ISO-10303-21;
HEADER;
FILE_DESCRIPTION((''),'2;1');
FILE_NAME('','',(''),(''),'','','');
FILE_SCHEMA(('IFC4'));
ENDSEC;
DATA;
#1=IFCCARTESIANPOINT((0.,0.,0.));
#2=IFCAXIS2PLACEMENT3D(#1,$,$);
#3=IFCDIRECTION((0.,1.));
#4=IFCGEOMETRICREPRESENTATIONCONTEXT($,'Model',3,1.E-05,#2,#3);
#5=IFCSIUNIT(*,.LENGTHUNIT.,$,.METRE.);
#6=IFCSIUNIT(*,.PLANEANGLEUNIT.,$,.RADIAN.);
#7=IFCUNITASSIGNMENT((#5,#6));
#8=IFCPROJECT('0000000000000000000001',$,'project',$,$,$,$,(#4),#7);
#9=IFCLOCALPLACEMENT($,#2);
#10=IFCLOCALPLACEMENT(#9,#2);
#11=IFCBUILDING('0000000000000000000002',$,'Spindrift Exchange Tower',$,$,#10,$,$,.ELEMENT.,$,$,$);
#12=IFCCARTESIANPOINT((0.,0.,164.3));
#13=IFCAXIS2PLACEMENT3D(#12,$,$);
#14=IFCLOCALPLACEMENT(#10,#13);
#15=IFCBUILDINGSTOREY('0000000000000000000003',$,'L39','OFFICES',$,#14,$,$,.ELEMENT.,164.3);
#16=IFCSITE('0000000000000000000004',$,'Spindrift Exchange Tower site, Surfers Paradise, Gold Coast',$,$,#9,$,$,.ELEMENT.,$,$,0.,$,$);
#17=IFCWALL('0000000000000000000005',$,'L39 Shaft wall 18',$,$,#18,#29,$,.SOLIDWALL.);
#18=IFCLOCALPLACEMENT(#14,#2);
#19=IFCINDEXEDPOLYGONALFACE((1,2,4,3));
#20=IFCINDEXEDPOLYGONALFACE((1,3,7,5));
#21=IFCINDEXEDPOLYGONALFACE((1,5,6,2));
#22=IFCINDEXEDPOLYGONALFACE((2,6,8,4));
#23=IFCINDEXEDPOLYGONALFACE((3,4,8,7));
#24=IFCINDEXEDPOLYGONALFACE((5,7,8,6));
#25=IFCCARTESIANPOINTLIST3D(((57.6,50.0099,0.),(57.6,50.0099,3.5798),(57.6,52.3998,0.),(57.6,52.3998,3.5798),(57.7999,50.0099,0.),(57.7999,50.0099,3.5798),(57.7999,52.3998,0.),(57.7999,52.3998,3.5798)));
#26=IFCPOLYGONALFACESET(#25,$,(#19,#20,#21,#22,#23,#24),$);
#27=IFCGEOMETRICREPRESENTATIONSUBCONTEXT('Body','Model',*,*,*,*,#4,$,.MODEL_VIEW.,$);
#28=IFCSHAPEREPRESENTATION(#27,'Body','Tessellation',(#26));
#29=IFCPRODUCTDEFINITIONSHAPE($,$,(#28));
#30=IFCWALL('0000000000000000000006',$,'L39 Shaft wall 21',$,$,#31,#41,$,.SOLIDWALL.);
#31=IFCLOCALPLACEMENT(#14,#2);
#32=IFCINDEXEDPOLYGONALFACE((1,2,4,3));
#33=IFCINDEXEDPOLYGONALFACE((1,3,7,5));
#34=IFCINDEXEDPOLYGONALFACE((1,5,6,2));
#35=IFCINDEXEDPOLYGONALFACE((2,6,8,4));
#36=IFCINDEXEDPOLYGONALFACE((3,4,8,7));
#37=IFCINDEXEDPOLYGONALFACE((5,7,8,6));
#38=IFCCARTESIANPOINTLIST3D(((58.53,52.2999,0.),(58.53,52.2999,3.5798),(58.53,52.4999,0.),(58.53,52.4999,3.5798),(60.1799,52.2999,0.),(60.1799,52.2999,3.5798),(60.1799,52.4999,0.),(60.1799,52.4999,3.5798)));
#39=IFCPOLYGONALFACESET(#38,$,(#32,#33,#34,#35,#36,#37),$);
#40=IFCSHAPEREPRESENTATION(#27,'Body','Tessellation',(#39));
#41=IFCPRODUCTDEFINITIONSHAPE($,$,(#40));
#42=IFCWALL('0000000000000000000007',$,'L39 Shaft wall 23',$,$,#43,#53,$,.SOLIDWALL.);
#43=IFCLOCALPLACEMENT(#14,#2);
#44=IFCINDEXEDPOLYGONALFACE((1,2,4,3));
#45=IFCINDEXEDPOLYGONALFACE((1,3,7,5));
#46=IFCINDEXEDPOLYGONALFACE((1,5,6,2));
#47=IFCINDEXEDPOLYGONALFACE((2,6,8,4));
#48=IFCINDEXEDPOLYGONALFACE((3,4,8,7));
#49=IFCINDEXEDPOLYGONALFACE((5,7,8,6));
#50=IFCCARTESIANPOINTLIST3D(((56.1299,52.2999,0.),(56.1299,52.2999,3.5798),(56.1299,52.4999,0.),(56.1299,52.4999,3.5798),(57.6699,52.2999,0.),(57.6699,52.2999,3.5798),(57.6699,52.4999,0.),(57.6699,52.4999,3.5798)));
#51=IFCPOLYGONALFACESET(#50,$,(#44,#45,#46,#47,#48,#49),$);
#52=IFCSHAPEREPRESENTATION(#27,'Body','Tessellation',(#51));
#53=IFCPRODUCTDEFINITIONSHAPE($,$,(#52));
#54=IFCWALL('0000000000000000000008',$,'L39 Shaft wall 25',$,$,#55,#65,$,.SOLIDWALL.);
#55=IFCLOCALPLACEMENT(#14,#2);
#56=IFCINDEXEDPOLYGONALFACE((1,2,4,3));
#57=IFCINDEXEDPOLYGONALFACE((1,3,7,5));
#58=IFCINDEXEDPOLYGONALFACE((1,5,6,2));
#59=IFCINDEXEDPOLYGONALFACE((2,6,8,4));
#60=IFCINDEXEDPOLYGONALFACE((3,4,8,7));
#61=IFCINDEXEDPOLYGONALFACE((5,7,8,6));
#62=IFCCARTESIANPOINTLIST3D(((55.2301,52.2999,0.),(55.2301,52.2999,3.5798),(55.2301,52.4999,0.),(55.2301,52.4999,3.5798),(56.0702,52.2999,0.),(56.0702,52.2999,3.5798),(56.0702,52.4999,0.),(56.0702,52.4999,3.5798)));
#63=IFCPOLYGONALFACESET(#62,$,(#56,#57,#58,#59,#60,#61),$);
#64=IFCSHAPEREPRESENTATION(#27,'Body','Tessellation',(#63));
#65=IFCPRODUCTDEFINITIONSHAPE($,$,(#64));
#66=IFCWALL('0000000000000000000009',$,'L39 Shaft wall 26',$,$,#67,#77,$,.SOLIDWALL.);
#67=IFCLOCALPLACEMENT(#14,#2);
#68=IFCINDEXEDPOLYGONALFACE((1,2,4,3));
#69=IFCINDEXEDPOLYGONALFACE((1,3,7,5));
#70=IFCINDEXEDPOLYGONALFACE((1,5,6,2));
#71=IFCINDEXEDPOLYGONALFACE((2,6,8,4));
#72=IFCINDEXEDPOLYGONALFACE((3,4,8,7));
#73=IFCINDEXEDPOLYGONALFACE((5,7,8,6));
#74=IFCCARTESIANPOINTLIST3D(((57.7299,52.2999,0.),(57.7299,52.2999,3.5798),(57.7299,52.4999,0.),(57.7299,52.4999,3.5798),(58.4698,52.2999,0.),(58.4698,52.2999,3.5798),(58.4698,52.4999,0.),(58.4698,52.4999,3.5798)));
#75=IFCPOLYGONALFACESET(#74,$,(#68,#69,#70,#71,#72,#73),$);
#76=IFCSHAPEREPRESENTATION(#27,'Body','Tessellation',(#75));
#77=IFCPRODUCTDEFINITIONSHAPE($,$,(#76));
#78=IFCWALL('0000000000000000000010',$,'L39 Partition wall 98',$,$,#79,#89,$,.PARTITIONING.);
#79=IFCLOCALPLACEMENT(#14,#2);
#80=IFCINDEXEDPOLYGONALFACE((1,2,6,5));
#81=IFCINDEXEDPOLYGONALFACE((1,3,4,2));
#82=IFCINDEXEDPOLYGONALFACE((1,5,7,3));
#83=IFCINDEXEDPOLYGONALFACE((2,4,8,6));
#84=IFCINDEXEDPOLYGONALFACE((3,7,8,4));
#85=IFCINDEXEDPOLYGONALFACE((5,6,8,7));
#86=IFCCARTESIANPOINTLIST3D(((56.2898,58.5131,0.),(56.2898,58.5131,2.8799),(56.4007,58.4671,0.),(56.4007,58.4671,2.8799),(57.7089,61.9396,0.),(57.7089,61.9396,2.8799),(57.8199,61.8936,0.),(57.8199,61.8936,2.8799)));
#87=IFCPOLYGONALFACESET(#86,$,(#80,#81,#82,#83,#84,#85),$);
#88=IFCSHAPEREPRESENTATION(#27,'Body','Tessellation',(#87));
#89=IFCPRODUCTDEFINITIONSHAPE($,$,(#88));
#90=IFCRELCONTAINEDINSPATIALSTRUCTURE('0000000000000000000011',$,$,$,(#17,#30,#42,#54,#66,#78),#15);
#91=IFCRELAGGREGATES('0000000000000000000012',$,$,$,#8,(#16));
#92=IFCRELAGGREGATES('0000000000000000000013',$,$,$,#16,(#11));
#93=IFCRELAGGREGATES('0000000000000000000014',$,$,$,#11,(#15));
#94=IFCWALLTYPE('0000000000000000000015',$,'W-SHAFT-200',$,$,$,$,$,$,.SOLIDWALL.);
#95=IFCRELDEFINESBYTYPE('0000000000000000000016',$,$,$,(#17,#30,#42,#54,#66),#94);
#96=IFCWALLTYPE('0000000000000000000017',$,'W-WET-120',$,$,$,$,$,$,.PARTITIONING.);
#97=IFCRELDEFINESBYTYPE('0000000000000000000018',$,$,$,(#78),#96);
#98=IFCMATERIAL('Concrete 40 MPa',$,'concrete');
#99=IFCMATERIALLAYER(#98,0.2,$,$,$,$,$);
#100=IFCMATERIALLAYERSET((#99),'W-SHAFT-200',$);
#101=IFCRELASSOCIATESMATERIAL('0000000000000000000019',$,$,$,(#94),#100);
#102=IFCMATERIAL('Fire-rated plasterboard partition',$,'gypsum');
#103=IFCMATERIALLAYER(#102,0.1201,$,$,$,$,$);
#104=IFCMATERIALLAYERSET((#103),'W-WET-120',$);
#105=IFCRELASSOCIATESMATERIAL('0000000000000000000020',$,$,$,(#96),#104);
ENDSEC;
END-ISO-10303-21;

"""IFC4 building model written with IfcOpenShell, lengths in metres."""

from ifc_helpers import new_model, si_unit, direction, frame, frame_2d, origin, place, context, subcontext, project, spatial, rectangle, extrude, material, layer, layer_set, type_object, element, save


model = new_model("IFC4")

# Units and contexts
model_context = context("Model", 3, precision=1e-05, world=origin(), true_north=direction((0.0, 1.0)))
body_context = subcontext(model_context, "Body", "Model", "MODEL_VIEW")
ifc_project = project(units=[si_unit("LENGTHUNIT", "METRE"), si_unit("PLANEANGLEUNIT", "RADIAN")], contexts=[model_context])

# Site, building, storey
site_placement = place(None, origin())
site = spatial("IfcSite", under=ifc_project, at=site_placement, Name="Spindrift Exchange Tower site, Surfers Paradise, Gold Coast", CompositionType="ELEMENT", RefElevation=0.0)
building_placement = place(site_placement, origin())
building = spatial("IfcBuilding", under=site, at=building_placement, Name="Spindrift Exchange Tower", CompositionType="ELEMENT")
storey_placement = place(building_placement, frame((0.0, 0.0, 164.3)))
storey = spatial("IfcBuildingStorey", under=building, at=storey_placement, Name="L39", Description="OFFICES", CompositionType="ELEMENT", Elevation=164.3)

# Shared definitions
ifc_material_1 = material(Name="Fire-rated plasterboard partition", Category="gypsum")

# Shared definitions
ifc_material_2 = material(Name="Concrete 40 MPa", Category="concrete")
ifc_layer_1 = layer(ifc_material_2, 0.2)
ifc_layer_set_1 = layer_set([ifc_layer_1], Name="W-SHAFT-200")
wall_type_1 = type_object("IfcWallType", Name="W-SHAFT-200", PredefinedType="SOLIDWALL", material=ifc_layer_set_1)

# Walls
wall_1_placement = place(storey_placement, frame((57.7, 50.01, 0.0), z_axis=(0.0, 0.0, 1.0), x_axis=(0.0, 1.0, 0.0)))
element("IfcWall", 1, at=wall_1_placement, inside=storey, type_object=wall_type_1, Name="L39 Shaft wall 18", PredefinedType="SOLIDWALL", context=body_context, shape_type="SweptSolid", body=[
    extrude(rectangle(XDim=2.3899, YDim=0.2, at=frame_2d((1.1948, 0.0))), origin(), (0.0, 0.0, 1.0), 3.5798),
])
wall_2_placement = place(storey_placement, frame((60.1799, 52.3999, 0.0), z_axis=(0.0, 0.0, 1.0), x_axis=(-1.0, 0.0, 0.0)))
element("IfcWall", 2, at=wall_2_placement, inside=storey, type_object=wall_type_1, Name="L39 Shaft wall 21", PredefinedType="SOLIDWALL", context=body_context, shape_type="SweptSolid", body=[
    extrude(rectangle(XDim=1.6499, YDim=0.2, at=frame_2d((0.825, 0.0))), origin(), (0.0, 0.0, 1.0), 3.5798),
])
wall_3_placement = place(storey_placement, frame((57.6699, 52.3999, 0.0), z_axis=(0.0, 0.0, 1.0), x_axis=(-1.0, 0.0, 0.0)))
element("IfcWall", 3, at=wall_3_placement, inside=storey, type_object=wall_type_1, Name="L39 Shaft wall 23", PredefinedType="SOLIDWALL", context=body_context, shape_type="SweptSolid", body=[
    extrude(rectangle(XDim=1.54, YDim=0.2, at=frame_2d((0.77, 0.0))), origin(), (0.0, 0.0, 1.0), 3.5798),
])
wall_4_placement = place(storey_placement, frame((56.0701, 52.3999, 0.0), z_axis=(0.0, 0.0, 1.0), x_axis=(-1.0, 0.0, 0.0)))
element("IfcWall", 4, at=wall_4_placement, inside=storey, type_object=wall_type_1, Name="L39 Shaft wall 25", PredefinedType="SOLIDWALL", context=body_context, shape_type="SweptSolid", body=[
    extrude(rectangle(XDim=0.8401, YDim=0.2, at=frame_2d((0.4199, 0.0))), origin(), (0.0, 0.0, 1.0), 3.5798),
])
wall_5_placement = place(storey_placement, frame((58.47, 52.3999, 0.0), z_axis=(0.0, 0.0, 1.0), x_axis=(-1.0, 0.0, 0.0)))
element("IfcWall", 5, at=wall_5_placement, inside=storey, type_object=wall_type_1, Name="L39 Shaft wall 26", PredefinedType="SOLIDWALL", context=body_context, shape_type="SweptSolid", body=[
    extrude(rectangle(XDim=0.74, YDim=0.2, at=frame_2d((0.3701, 0.0))), origin(), (0.0, 0.0, 1.0), 3.5798),
])
ifc_layer_2 = layer(ifc_material_1, 0.1201)
ifc_layer_set_2 = layer_set([ifc_layer_2], Name="W-WET-120")
wall_type_2 = type_object("IfcWallType", Name="W-WET-120", PredefinedType="PARTITIONING", material=ifc_layer_set_2)
wall_6_placement = place(storey_placement, frame((56.3452, 58.49, 0.0), z_axis=(0.0, 0.0, 1.0), x_axis=(0.382656, 0.923891, 0.0)))
element("IfcWall", 6, at=wall_6_placement, inside=storey, type_object=wall_type_2, Name="L39 Partition wall 98", PredefinedType="PARTITIONING", context=body_context, shape_type="SweptSolid", body=[
    extrude(rectangle(XDim=3.7087, YDim=0.1201, at=frame_2d((1.8545, 0.0))), origin(), (0.0, 0.0, 1.0), 2.8799),
])

save(model, "model.ifc")
